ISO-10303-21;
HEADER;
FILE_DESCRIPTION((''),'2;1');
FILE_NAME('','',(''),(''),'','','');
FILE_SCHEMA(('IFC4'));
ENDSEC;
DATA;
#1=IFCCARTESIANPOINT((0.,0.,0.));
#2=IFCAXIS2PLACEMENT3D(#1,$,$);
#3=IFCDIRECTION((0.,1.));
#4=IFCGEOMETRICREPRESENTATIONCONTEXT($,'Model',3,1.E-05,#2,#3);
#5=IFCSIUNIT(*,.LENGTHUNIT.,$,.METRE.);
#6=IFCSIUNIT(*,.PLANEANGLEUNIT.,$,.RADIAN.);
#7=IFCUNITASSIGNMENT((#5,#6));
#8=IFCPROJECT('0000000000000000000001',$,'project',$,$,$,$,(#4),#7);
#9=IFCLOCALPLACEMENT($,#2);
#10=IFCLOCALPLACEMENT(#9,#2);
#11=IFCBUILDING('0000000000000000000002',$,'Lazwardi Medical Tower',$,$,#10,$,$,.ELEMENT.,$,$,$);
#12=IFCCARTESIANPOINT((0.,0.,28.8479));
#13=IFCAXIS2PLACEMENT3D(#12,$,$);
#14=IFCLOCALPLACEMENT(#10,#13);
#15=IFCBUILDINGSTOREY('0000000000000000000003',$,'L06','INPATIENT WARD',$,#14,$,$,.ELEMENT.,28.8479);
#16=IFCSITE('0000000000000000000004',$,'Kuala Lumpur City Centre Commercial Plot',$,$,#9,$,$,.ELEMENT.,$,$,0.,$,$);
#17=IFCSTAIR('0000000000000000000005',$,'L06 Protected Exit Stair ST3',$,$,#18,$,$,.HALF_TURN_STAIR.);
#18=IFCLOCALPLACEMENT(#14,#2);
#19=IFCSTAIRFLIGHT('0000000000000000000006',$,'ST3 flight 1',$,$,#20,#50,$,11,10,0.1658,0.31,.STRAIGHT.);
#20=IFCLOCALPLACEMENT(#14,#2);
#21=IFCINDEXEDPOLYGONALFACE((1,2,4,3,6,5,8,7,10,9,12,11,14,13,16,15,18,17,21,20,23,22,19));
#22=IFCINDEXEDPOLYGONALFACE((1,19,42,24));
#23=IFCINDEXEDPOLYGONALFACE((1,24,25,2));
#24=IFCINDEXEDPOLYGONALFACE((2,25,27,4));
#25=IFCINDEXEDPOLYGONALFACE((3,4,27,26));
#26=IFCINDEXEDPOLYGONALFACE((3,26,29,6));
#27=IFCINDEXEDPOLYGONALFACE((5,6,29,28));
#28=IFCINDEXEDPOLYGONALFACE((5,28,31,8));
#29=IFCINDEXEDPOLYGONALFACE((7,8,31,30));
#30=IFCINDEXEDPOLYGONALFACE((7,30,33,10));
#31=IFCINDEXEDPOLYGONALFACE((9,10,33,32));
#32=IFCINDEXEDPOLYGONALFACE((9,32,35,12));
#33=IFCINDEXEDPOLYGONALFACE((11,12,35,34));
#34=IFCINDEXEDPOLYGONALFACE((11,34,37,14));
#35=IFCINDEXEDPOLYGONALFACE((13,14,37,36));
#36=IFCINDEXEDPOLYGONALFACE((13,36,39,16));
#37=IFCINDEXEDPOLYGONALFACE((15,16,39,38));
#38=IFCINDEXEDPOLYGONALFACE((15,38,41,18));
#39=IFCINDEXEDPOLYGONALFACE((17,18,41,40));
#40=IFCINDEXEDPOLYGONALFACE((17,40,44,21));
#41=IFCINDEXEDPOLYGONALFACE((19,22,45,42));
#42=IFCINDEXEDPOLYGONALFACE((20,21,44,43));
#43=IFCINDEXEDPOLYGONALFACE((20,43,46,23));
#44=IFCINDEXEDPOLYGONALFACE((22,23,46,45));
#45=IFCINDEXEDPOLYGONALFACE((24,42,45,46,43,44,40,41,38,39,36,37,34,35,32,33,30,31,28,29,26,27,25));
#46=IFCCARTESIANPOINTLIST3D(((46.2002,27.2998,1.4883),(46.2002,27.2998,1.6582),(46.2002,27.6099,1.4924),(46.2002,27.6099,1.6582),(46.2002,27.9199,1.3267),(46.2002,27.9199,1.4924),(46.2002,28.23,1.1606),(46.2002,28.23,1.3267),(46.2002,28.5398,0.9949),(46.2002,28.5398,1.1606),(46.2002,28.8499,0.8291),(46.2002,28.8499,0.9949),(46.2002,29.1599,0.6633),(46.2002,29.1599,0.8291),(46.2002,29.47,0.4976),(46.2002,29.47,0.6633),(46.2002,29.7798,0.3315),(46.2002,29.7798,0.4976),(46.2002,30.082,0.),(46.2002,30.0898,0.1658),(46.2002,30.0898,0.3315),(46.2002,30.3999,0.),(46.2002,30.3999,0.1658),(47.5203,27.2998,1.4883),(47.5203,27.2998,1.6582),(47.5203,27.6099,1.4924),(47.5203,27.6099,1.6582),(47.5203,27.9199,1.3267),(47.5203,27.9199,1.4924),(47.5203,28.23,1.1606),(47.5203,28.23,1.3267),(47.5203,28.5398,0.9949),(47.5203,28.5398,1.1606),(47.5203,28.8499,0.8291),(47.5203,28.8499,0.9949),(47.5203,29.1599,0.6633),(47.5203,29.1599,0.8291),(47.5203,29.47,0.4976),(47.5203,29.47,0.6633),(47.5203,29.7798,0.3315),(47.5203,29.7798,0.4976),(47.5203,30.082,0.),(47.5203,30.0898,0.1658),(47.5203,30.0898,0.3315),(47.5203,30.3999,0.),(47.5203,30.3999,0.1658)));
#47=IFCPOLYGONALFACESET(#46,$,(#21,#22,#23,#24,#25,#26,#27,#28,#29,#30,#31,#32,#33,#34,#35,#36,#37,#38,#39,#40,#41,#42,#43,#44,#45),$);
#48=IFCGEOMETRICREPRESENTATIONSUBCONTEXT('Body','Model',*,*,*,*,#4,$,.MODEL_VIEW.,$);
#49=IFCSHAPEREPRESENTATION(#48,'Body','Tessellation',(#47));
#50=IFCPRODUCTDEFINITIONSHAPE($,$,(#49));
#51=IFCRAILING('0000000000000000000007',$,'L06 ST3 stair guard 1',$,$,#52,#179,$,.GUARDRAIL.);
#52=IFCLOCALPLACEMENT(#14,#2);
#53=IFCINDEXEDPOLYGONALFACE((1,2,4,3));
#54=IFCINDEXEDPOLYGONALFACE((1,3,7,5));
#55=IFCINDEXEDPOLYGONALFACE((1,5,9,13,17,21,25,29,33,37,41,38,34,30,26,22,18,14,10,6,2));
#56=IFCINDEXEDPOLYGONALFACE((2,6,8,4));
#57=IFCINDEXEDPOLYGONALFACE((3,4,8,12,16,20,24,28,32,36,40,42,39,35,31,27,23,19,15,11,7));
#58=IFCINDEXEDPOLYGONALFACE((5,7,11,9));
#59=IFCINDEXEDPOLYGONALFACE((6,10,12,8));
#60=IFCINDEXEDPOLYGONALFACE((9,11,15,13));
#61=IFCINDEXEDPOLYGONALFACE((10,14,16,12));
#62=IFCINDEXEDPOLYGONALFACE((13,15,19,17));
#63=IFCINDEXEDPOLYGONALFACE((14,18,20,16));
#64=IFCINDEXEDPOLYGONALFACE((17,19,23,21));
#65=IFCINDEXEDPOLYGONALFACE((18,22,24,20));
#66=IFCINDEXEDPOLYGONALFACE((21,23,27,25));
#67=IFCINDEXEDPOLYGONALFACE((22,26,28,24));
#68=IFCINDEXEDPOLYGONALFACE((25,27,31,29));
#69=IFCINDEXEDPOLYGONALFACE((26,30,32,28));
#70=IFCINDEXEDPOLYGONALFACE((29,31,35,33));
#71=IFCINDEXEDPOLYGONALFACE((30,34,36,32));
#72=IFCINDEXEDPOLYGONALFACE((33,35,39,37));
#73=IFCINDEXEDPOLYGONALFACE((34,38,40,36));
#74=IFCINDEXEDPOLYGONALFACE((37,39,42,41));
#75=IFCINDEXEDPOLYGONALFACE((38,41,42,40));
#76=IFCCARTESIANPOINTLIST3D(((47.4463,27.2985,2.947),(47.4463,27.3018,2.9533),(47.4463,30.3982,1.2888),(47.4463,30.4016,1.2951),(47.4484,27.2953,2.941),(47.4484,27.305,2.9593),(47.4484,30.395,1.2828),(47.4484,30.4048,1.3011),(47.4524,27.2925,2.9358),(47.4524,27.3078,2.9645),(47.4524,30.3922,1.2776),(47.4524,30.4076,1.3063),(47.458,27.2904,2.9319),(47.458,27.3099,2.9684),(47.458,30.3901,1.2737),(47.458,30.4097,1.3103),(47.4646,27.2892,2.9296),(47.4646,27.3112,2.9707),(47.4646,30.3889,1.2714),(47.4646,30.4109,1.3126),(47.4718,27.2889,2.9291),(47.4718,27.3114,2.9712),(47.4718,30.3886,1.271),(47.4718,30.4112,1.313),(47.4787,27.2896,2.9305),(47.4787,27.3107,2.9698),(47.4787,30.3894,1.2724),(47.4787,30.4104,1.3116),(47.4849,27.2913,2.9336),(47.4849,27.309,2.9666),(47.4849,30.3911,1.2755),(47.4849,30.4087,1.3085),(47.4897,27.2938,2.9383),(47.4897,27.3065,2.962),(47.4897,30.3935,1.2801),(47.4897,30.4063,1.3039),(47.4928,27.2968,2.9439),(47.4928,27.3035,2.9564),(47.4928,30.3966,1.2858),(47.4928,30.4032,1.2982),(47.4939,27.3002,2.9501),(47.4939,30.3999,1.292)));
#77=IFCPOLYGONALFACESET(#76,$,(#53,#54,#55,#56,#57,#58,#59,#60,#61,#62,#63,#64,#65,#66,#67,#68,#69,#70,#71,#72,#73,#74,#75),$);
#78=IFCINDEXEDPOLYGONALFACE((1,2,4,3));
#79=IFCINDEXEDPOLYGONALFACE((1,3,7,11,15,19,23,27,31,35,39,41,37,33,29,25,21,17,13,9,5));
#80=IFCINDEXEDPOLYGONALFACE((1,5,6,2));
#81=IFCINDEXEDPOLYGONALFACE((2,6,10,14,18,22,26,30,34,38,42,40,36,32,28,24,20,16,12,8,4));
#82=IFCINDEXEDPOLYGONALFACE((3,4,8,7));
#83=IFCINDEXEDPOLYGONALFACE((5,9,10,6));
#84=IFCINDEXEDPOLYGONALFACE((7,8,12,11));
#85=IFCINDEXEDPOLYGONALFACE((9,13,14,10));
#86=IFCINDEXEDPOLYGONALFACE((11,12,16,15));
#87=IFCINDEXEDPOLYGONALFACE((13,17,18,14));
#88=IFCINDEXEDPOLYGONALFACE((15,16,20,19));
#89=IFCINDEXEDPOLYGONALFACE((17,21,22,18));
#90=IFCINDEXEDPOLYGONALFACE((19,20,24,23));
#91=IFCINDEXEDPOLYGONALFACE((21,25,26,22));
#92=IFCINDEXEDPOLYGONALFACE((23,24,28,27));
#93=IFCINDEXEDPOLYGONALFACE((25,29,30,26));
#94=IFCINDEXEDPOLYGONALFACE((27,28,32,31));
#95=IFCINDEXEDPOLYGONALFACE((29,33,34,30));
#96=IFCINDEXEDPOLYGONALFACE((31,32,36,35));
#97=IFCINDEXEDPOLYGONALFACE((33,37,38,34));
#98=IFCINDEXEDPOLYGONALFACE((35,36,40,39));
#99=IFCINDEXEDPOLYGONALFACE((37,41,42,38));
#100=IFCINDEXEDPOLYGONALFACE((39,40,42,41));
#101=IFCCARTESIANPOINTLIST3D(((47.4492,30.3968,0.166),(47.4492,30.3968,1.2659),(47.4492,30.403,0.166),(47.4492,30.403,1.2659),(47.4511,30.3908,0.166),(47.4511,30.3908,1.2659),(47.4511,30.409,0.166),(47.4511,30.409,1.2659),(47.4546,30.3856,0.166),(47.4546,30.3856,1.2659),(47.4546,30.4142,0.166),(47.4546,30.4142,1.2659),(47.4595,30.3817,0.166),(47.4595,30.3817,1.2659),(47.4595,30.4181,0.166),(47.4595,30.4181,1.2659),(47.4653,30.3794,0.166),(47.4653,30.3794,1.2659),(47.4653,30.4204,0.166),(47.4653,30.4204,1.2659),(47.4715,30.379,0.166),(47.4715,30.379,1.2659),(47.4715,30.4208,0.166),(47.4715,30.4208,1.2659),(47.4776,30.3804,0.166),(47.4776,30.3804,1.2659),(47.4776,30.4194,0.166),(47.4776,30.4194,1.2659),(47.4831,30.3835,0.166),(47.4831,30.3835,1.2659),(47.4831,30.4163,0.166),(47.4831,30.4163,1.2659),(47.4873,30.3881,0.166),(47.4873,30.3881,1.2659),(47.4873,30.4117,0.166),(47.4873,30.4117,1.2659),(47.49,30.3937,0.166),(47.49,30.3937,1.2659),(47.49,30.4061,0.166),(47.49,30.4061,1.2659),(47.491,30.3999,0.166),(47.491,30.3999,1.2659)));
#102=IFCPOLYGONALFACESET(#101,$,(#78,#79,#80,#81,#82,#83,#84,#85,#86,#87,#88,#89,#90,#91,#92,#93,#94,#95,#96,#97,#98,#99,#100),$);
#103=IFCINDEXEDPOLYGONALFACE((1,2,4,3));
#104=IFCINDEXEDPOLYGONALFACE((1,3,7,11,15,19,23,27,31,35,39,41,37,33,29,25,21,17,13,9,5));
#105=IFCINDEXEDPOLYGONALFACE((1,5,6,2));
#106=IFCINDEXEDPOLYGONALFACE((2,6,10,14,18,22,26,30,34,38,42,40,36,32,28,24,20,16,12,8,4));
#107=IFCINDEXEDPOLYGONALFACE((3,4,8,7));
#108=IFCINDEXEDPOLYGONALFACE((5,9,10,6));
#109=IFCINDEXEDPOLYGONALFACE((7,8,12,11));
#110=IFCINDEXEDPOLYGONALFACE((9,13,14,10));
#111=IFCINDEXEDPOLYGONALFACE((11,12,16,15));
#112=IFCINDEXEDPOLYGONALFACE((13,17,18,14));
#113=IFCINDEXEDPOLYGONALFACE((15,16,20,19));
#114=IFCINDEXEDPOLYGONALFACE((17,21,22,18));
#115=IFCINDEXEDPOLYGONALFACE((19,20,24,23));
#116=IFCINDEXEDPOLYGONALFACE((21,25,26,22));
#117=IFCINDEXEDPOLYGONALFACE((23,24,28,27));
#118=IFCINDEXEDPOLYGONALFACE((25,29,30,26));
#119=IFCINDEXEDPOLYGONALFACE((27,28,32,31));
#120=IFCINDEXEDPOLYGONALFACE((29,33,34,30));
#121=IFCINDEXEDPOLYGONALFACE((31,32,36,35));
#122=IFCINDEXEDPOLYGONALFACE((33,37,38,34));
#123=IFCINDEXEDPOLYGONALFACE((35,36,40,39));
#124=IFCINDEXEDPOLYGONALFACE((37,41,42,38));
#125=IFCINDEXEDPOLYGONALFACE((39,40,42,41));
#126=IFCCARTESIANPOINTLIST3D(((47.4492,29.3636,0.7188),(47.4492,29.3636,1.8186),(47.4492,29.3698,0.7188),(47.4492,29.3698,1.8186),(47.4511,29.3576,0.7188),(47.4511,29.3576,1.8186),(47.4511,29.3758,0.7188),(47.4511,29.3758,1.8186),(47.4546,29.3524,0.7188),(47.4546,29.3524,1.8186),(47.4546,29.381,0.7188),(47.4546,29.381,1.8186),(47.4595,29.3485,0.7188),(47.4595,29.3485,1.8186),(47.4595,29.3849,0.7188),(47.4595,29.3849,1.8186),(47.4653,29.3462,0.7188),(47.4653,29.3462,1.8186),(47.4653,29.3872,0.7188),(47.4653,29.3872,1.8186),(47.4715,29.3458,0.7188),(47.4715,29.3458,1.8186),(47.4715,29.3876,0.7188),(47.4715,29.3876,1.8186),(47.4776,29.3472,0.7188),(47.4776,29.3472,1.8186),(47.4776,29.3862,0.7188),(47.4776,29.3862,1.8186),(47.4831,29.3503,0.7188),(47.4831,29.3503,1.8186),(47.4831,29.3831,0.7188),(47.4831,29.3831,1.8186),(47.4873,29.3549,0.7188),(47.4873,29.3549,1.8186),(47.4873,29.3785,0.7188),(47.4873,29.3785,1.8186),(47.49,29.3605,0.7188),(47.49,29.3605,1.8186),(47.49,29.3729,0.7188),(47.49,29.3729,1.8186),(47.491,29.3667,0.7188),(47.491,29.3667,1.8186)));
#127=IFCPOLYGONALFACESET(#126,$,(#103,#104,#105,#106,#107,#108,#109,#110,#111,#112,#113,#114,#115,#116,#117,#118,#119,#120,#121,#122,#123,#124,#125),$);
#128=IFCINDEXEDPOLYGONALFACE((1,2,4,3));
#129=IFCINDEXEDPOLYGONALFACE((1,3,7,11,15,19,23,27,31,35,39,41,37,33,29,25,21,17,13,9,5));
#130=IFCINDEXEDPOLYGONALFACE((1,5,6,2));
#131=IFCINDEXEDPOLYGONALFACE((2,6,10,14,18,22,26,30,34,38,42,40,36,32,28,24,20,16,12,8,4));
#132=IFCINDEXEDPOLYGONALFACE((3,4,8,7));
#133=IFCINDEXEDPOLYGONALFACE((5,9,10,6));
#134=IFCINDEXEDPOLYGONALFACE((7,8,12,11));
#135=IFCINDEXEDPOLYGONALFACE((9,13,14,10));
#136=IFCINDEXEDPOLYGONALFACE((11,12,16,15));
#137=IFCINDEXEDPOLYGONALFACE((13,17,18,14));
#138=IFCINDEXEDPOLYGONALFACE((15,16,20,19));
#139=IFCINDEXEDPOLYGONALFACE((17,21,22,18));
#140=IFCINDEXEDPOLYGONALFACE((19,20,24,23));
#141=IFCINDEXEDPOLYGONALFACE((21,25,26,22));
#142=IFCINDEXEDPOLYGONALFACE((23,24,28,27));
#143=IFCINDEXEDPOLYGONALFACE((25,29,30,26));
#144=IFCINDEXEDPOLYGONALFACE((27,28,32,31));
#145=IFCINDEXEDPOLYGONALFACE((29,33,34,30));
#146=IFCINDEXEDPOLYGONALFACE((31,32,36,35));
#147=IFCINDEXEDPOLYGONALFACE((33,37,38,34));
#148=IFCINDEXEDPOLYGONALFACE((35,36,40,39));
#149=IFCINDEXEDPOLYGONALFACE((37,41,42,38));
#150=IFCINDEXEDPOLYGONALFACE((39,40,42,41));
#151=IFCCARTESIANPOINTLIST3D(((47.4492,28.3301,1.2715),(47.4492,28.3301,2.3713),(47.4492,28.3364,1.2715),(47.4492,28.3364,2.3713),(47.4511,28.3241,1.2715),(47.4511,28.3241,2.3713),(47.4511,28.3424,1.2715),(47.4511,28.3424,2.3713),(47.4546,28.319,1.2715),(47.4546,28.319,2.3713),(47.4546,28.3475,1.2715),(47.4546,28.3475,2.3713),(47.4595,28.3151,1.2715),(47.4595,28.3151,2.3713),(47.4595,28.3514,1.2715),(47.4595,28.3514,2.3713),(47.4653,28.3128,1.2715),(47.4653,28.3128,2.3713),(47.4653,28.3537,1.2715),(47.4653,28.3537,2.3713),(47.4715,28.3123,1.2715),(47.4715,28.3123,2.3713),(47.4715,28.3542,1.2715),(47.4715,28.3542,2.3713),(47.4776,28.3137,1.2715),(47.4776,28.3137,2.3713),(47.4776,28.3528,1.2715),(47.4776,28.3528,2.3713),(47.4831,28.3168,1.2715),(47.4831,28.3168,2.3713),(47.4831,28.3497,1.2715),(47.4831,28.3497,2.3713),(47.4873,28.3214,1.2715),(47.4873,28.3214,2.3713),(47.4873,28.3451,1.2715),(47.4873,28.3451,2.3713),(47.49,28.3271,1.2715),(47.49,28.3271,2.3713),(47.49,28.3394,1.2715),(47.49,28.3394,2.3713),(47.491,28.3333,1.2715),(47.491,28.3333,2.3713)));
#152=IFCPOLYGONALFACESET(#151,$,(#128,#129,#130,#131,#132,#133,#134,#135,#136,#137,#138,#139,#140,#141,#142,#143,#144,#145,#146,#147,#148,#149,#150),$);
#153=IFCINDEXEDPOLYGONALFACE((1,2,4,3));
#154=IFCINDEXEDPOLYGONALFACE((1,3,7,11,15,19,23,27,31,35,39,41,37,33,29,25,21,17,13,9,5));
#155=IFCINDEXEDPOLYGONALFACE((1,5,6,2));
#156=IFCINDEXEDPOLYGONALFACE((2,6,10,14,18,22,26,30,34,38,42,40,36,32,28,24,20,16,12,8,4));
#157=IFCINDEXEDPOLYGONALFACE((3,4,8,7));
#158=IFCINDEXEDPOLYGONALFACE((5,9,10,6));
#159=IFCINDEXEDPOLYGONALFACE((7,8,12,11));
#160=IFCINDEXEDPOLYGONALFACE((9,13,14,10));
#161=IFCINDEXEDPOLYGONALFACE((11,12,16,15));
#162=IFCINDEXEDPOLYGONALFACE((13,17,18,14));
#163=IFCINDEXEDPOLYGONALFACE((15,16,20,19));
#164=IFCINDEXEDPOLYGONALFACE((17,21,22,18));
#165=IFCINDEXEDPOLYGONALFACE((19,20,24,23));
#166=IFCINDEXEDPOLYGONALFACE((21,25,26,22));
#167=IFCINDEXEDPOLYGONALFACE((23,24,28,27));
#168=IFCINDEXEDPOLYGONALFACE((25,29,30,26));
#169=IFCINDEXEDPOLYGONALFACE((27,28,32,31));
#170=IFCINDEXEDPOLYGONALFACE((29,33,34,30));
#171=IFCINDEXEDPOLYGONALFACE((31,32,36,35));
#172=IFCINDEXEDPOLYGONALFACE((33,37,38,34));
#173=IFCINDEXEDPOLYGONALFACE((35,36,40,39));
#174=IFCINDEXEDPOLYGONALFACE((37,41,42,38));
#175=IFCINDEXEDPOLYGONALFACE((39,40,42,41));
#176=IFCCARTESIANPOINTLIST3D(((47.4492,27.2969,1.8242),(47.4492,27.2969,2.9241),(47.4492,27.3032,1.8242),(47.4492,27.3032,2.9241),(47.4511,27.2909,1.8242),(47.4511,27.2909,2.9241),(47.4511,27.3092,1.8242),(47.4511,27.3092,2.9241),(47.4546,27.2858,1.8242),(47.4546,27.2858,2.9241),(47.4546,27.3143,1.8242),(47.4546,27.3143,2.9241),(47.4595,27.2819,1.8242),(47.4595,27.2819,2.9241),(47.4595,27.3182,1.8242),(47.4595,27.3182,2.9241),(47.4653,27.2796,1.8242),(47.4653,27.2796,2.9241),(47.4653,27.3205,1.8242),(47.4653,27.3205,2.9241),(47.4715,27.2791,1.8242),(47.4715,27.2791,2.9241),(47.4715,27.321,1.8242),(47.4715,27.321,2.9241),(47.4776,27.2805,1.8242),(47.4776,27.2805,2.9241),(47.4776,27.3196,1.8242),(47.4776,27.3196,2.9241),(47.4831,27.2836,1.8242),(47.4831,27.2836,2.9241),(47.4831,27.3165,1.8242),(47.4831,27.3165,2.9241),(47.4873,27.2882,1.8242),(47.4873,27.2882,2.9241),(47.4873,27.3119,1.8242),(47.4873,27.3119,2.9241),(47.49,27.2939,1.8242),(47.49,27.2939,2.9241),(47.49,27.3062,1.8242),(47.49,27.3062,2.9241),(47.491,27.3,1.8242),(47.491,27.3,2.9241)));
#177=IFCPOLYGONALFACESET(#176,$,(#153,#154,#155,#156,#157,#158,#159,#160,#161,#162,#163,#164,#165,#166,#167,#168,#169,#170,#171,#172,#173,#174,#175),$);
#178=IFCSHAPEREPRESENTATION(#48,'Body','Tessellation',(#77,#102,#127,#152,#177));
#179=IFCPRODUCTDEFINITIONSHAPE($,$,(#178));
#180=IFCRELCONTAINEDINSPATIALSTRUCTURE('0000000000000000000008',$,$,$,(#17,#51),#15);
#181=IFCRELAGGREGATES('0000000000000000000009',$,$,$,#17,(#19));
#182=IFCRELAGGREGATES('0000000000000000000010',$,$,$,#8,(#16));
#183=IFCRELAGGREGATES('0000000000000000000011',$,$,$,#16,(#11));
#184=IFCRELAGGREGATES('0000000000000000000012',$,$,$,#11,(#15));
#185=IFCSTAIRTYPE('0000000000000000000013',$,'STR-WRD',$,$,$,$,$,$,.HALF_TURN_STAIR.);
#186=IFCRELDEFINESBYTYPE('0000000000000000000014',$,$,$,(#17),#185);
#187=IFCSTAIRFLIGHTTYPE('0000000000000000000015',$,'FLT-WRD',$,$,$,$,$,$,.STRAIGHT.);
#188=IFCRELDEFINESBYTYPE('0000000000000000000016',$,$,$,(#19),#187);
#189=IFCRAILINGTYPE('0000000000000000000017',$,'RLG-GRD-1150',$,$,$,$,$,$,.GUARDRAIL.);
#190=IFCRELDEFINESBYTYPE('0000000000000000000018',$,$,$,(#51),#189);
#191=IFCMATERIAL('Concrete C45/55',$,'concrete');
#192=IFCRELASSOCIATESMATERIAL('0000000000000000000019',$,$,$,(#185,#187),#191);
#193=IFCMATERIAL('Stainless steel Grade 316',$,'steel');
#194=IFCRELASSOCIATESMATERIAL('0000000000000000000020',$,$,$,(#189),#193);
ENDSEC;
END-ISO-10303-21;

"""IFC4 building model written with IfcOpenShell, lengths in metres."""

from ifc_helpers import new_model, si_unit, direction, frame, origin, origin_2d, place, context, subcontext, project, spatial, polyline, circle, outline, extrude, material, type_object, element, aggregate, save


model = new_model("IFC4")

# Units and contexts
model_context = context("Model", 3, precision=1e-05, world=origin(), true_north=direction((0.0, 1.0)))
body_context = subcontext(model_context, "Body", "Model", "MODEL_VIEW")
ifc_project = project(units=[si_unit("LENGTHUNIT", "METRE"), si_unit("PLANEANGLEUNIT", "RADIAN")], contexts=[model_context])

# Site, building, storey
site_placement = place(None, origin())
site = spatial("IfcSite", under=ifc_project, at=site_placement, Name="Kuala Lumpur City Centre Commercial Plot", CompositionType="ELEMENT", RefElevation=0.0)
building_placement = place(site_placement, origin())
building = spatial("IfcBuilding", under=site, at=building_placement, Name="Lazwardi Medical Tower", CompositionType="ELEMENT")
storey_placement = place(building_placement, frame((0.0, 0.0, 28.8479)))
storey = spatial("IfcBuildingStorey", under=building, at=storey_placement, Name="L06", Description="INPATIENT WARD", CompositionType="ELEMENT", Elevation=28.8479)

# Stair, stair flight
ifc_material_1 = material(Name="Concrete C45/55", Category="concrete")
stair_type = type_object("IfcStairType", Name="STR-WRD", PredefinedType="HALF_TURN_STAIR", material=ifc_material_1)
stair_flight_type = type_object("IfcStairFlightType", Name="FLT-WRD", PredefinedType="STRAIGHT", material=ifc_material_1)
stair_1_placement = place(storey_placement, origin())
stair_1 = element("IfcStair", 1, at=stair_1_placement, inside=storey, type_object=stair_type, Name="L06 Protected Exit Stair ST3", PredefinedType="HALF_TURN_STAIR")
stair_flight_1_placement = place(storey_placement, frame((46.8601, 30.3999, 0.0), z_axis=(0.0, 0.0, 1.0), x_axis=(0.0, -1.0, 0.0)))
stair_flight_1 = element("IfcStairFlight", 2, at=stair_flight_1_placement, type_object=stair_flight_type, Name="ST3 flight 1", NumberOfRisers=11, NumberOfTreads=10, PredefinedType="STRAIGHT", RiserHeight=0.1658, TreadLength=0.31, context=body_context, shape_type="SweptSolid", body=[
    extrude(outline(polyline([(0.0, 0.0), (0.0, 0.1658), (0.3101, 0.1658), (0.3101, 0.3315), (0.6201, 0.3315), (0.6201, 0.4976), (0.9299, 0.4976), (0.9299, 0.6633), (1.24, 0.6633), (1.24, 0.8291), (1.55, 0.8291), (1.55, 0.9949), (1.8601, 0.9949), (1.8601, 1.1606), (2.1699, 1.1606), (2.1699, 1.3267), (2.48, 1.3267), (2.48, 1.4924), (2.79, 1.4924), (2.79, 1.6582), (3.1001, 1.6582), (3.1001, 1.824), (3.1001, 1.4883), (0.3179, 0.0), (0.0, 0.0)])), frame((0.0, 0.6602, 0.0), z_axis=(0.0, -1.0, 0.0), x_axis=(1.0, 0.0, 0.0)), (0.0, 0.0, 1.0), 1.3201),
])
aggregate(stair_1, [stair_flight_1])

# Railing
ifc_material_2 = material(Name="Stainless steel Grade 316", Category="steel")
railing_type_1 = type_object("IfcRailingType", Name="RLG-GRD-1150", PredefinedType="GUARDRAIL", material=ifc_material_2)
railing_1_placement = place(storey_placement, frame((47.47, 30.3999, 0.166)))
element("IfcRailing", 3, at=railing_1_placement, inside=storey, type_object=railing_type_1, Name="L06 ST3 stair guard 1", PredefinedType="GUARDRAIL", context=body_context, shape_type="SweptSolid", body=[
    extrude(circle(Radius=0.0239, at=origin_2d()), frame((0.0, 0.0, 1.126), z_axis=(0.0, -0.881768, 0.471684), x_axis=(1.0, 0.0, 0.0)), (0.0, 0.0, 1.0), 3.5154),
    extrude(circle(Radius=0.021, at=origin_2d()), origin(), (0.0, 0.0, 1.0), 1.0999),
    extrude(circle(Radius=0.021, at=origin_2d()), frame((0.0, -1.0332, 0.5527)), (0.0, 0.0, 1.0), 1.0999),
    extrude(circle(Radius=0.021, at=origin_2d()), frame((0.0, -2.0667, 1.1055)), (0.0, 0.0, 1.0), 1.0999),
    extrude(circle(Radius=0.021, at=origin_2d()), frame((0.0, -3.0999, 1.6582)), (0.0, 0.0, 1.0), 1.0999),
])

save(model, "model.ifc")
